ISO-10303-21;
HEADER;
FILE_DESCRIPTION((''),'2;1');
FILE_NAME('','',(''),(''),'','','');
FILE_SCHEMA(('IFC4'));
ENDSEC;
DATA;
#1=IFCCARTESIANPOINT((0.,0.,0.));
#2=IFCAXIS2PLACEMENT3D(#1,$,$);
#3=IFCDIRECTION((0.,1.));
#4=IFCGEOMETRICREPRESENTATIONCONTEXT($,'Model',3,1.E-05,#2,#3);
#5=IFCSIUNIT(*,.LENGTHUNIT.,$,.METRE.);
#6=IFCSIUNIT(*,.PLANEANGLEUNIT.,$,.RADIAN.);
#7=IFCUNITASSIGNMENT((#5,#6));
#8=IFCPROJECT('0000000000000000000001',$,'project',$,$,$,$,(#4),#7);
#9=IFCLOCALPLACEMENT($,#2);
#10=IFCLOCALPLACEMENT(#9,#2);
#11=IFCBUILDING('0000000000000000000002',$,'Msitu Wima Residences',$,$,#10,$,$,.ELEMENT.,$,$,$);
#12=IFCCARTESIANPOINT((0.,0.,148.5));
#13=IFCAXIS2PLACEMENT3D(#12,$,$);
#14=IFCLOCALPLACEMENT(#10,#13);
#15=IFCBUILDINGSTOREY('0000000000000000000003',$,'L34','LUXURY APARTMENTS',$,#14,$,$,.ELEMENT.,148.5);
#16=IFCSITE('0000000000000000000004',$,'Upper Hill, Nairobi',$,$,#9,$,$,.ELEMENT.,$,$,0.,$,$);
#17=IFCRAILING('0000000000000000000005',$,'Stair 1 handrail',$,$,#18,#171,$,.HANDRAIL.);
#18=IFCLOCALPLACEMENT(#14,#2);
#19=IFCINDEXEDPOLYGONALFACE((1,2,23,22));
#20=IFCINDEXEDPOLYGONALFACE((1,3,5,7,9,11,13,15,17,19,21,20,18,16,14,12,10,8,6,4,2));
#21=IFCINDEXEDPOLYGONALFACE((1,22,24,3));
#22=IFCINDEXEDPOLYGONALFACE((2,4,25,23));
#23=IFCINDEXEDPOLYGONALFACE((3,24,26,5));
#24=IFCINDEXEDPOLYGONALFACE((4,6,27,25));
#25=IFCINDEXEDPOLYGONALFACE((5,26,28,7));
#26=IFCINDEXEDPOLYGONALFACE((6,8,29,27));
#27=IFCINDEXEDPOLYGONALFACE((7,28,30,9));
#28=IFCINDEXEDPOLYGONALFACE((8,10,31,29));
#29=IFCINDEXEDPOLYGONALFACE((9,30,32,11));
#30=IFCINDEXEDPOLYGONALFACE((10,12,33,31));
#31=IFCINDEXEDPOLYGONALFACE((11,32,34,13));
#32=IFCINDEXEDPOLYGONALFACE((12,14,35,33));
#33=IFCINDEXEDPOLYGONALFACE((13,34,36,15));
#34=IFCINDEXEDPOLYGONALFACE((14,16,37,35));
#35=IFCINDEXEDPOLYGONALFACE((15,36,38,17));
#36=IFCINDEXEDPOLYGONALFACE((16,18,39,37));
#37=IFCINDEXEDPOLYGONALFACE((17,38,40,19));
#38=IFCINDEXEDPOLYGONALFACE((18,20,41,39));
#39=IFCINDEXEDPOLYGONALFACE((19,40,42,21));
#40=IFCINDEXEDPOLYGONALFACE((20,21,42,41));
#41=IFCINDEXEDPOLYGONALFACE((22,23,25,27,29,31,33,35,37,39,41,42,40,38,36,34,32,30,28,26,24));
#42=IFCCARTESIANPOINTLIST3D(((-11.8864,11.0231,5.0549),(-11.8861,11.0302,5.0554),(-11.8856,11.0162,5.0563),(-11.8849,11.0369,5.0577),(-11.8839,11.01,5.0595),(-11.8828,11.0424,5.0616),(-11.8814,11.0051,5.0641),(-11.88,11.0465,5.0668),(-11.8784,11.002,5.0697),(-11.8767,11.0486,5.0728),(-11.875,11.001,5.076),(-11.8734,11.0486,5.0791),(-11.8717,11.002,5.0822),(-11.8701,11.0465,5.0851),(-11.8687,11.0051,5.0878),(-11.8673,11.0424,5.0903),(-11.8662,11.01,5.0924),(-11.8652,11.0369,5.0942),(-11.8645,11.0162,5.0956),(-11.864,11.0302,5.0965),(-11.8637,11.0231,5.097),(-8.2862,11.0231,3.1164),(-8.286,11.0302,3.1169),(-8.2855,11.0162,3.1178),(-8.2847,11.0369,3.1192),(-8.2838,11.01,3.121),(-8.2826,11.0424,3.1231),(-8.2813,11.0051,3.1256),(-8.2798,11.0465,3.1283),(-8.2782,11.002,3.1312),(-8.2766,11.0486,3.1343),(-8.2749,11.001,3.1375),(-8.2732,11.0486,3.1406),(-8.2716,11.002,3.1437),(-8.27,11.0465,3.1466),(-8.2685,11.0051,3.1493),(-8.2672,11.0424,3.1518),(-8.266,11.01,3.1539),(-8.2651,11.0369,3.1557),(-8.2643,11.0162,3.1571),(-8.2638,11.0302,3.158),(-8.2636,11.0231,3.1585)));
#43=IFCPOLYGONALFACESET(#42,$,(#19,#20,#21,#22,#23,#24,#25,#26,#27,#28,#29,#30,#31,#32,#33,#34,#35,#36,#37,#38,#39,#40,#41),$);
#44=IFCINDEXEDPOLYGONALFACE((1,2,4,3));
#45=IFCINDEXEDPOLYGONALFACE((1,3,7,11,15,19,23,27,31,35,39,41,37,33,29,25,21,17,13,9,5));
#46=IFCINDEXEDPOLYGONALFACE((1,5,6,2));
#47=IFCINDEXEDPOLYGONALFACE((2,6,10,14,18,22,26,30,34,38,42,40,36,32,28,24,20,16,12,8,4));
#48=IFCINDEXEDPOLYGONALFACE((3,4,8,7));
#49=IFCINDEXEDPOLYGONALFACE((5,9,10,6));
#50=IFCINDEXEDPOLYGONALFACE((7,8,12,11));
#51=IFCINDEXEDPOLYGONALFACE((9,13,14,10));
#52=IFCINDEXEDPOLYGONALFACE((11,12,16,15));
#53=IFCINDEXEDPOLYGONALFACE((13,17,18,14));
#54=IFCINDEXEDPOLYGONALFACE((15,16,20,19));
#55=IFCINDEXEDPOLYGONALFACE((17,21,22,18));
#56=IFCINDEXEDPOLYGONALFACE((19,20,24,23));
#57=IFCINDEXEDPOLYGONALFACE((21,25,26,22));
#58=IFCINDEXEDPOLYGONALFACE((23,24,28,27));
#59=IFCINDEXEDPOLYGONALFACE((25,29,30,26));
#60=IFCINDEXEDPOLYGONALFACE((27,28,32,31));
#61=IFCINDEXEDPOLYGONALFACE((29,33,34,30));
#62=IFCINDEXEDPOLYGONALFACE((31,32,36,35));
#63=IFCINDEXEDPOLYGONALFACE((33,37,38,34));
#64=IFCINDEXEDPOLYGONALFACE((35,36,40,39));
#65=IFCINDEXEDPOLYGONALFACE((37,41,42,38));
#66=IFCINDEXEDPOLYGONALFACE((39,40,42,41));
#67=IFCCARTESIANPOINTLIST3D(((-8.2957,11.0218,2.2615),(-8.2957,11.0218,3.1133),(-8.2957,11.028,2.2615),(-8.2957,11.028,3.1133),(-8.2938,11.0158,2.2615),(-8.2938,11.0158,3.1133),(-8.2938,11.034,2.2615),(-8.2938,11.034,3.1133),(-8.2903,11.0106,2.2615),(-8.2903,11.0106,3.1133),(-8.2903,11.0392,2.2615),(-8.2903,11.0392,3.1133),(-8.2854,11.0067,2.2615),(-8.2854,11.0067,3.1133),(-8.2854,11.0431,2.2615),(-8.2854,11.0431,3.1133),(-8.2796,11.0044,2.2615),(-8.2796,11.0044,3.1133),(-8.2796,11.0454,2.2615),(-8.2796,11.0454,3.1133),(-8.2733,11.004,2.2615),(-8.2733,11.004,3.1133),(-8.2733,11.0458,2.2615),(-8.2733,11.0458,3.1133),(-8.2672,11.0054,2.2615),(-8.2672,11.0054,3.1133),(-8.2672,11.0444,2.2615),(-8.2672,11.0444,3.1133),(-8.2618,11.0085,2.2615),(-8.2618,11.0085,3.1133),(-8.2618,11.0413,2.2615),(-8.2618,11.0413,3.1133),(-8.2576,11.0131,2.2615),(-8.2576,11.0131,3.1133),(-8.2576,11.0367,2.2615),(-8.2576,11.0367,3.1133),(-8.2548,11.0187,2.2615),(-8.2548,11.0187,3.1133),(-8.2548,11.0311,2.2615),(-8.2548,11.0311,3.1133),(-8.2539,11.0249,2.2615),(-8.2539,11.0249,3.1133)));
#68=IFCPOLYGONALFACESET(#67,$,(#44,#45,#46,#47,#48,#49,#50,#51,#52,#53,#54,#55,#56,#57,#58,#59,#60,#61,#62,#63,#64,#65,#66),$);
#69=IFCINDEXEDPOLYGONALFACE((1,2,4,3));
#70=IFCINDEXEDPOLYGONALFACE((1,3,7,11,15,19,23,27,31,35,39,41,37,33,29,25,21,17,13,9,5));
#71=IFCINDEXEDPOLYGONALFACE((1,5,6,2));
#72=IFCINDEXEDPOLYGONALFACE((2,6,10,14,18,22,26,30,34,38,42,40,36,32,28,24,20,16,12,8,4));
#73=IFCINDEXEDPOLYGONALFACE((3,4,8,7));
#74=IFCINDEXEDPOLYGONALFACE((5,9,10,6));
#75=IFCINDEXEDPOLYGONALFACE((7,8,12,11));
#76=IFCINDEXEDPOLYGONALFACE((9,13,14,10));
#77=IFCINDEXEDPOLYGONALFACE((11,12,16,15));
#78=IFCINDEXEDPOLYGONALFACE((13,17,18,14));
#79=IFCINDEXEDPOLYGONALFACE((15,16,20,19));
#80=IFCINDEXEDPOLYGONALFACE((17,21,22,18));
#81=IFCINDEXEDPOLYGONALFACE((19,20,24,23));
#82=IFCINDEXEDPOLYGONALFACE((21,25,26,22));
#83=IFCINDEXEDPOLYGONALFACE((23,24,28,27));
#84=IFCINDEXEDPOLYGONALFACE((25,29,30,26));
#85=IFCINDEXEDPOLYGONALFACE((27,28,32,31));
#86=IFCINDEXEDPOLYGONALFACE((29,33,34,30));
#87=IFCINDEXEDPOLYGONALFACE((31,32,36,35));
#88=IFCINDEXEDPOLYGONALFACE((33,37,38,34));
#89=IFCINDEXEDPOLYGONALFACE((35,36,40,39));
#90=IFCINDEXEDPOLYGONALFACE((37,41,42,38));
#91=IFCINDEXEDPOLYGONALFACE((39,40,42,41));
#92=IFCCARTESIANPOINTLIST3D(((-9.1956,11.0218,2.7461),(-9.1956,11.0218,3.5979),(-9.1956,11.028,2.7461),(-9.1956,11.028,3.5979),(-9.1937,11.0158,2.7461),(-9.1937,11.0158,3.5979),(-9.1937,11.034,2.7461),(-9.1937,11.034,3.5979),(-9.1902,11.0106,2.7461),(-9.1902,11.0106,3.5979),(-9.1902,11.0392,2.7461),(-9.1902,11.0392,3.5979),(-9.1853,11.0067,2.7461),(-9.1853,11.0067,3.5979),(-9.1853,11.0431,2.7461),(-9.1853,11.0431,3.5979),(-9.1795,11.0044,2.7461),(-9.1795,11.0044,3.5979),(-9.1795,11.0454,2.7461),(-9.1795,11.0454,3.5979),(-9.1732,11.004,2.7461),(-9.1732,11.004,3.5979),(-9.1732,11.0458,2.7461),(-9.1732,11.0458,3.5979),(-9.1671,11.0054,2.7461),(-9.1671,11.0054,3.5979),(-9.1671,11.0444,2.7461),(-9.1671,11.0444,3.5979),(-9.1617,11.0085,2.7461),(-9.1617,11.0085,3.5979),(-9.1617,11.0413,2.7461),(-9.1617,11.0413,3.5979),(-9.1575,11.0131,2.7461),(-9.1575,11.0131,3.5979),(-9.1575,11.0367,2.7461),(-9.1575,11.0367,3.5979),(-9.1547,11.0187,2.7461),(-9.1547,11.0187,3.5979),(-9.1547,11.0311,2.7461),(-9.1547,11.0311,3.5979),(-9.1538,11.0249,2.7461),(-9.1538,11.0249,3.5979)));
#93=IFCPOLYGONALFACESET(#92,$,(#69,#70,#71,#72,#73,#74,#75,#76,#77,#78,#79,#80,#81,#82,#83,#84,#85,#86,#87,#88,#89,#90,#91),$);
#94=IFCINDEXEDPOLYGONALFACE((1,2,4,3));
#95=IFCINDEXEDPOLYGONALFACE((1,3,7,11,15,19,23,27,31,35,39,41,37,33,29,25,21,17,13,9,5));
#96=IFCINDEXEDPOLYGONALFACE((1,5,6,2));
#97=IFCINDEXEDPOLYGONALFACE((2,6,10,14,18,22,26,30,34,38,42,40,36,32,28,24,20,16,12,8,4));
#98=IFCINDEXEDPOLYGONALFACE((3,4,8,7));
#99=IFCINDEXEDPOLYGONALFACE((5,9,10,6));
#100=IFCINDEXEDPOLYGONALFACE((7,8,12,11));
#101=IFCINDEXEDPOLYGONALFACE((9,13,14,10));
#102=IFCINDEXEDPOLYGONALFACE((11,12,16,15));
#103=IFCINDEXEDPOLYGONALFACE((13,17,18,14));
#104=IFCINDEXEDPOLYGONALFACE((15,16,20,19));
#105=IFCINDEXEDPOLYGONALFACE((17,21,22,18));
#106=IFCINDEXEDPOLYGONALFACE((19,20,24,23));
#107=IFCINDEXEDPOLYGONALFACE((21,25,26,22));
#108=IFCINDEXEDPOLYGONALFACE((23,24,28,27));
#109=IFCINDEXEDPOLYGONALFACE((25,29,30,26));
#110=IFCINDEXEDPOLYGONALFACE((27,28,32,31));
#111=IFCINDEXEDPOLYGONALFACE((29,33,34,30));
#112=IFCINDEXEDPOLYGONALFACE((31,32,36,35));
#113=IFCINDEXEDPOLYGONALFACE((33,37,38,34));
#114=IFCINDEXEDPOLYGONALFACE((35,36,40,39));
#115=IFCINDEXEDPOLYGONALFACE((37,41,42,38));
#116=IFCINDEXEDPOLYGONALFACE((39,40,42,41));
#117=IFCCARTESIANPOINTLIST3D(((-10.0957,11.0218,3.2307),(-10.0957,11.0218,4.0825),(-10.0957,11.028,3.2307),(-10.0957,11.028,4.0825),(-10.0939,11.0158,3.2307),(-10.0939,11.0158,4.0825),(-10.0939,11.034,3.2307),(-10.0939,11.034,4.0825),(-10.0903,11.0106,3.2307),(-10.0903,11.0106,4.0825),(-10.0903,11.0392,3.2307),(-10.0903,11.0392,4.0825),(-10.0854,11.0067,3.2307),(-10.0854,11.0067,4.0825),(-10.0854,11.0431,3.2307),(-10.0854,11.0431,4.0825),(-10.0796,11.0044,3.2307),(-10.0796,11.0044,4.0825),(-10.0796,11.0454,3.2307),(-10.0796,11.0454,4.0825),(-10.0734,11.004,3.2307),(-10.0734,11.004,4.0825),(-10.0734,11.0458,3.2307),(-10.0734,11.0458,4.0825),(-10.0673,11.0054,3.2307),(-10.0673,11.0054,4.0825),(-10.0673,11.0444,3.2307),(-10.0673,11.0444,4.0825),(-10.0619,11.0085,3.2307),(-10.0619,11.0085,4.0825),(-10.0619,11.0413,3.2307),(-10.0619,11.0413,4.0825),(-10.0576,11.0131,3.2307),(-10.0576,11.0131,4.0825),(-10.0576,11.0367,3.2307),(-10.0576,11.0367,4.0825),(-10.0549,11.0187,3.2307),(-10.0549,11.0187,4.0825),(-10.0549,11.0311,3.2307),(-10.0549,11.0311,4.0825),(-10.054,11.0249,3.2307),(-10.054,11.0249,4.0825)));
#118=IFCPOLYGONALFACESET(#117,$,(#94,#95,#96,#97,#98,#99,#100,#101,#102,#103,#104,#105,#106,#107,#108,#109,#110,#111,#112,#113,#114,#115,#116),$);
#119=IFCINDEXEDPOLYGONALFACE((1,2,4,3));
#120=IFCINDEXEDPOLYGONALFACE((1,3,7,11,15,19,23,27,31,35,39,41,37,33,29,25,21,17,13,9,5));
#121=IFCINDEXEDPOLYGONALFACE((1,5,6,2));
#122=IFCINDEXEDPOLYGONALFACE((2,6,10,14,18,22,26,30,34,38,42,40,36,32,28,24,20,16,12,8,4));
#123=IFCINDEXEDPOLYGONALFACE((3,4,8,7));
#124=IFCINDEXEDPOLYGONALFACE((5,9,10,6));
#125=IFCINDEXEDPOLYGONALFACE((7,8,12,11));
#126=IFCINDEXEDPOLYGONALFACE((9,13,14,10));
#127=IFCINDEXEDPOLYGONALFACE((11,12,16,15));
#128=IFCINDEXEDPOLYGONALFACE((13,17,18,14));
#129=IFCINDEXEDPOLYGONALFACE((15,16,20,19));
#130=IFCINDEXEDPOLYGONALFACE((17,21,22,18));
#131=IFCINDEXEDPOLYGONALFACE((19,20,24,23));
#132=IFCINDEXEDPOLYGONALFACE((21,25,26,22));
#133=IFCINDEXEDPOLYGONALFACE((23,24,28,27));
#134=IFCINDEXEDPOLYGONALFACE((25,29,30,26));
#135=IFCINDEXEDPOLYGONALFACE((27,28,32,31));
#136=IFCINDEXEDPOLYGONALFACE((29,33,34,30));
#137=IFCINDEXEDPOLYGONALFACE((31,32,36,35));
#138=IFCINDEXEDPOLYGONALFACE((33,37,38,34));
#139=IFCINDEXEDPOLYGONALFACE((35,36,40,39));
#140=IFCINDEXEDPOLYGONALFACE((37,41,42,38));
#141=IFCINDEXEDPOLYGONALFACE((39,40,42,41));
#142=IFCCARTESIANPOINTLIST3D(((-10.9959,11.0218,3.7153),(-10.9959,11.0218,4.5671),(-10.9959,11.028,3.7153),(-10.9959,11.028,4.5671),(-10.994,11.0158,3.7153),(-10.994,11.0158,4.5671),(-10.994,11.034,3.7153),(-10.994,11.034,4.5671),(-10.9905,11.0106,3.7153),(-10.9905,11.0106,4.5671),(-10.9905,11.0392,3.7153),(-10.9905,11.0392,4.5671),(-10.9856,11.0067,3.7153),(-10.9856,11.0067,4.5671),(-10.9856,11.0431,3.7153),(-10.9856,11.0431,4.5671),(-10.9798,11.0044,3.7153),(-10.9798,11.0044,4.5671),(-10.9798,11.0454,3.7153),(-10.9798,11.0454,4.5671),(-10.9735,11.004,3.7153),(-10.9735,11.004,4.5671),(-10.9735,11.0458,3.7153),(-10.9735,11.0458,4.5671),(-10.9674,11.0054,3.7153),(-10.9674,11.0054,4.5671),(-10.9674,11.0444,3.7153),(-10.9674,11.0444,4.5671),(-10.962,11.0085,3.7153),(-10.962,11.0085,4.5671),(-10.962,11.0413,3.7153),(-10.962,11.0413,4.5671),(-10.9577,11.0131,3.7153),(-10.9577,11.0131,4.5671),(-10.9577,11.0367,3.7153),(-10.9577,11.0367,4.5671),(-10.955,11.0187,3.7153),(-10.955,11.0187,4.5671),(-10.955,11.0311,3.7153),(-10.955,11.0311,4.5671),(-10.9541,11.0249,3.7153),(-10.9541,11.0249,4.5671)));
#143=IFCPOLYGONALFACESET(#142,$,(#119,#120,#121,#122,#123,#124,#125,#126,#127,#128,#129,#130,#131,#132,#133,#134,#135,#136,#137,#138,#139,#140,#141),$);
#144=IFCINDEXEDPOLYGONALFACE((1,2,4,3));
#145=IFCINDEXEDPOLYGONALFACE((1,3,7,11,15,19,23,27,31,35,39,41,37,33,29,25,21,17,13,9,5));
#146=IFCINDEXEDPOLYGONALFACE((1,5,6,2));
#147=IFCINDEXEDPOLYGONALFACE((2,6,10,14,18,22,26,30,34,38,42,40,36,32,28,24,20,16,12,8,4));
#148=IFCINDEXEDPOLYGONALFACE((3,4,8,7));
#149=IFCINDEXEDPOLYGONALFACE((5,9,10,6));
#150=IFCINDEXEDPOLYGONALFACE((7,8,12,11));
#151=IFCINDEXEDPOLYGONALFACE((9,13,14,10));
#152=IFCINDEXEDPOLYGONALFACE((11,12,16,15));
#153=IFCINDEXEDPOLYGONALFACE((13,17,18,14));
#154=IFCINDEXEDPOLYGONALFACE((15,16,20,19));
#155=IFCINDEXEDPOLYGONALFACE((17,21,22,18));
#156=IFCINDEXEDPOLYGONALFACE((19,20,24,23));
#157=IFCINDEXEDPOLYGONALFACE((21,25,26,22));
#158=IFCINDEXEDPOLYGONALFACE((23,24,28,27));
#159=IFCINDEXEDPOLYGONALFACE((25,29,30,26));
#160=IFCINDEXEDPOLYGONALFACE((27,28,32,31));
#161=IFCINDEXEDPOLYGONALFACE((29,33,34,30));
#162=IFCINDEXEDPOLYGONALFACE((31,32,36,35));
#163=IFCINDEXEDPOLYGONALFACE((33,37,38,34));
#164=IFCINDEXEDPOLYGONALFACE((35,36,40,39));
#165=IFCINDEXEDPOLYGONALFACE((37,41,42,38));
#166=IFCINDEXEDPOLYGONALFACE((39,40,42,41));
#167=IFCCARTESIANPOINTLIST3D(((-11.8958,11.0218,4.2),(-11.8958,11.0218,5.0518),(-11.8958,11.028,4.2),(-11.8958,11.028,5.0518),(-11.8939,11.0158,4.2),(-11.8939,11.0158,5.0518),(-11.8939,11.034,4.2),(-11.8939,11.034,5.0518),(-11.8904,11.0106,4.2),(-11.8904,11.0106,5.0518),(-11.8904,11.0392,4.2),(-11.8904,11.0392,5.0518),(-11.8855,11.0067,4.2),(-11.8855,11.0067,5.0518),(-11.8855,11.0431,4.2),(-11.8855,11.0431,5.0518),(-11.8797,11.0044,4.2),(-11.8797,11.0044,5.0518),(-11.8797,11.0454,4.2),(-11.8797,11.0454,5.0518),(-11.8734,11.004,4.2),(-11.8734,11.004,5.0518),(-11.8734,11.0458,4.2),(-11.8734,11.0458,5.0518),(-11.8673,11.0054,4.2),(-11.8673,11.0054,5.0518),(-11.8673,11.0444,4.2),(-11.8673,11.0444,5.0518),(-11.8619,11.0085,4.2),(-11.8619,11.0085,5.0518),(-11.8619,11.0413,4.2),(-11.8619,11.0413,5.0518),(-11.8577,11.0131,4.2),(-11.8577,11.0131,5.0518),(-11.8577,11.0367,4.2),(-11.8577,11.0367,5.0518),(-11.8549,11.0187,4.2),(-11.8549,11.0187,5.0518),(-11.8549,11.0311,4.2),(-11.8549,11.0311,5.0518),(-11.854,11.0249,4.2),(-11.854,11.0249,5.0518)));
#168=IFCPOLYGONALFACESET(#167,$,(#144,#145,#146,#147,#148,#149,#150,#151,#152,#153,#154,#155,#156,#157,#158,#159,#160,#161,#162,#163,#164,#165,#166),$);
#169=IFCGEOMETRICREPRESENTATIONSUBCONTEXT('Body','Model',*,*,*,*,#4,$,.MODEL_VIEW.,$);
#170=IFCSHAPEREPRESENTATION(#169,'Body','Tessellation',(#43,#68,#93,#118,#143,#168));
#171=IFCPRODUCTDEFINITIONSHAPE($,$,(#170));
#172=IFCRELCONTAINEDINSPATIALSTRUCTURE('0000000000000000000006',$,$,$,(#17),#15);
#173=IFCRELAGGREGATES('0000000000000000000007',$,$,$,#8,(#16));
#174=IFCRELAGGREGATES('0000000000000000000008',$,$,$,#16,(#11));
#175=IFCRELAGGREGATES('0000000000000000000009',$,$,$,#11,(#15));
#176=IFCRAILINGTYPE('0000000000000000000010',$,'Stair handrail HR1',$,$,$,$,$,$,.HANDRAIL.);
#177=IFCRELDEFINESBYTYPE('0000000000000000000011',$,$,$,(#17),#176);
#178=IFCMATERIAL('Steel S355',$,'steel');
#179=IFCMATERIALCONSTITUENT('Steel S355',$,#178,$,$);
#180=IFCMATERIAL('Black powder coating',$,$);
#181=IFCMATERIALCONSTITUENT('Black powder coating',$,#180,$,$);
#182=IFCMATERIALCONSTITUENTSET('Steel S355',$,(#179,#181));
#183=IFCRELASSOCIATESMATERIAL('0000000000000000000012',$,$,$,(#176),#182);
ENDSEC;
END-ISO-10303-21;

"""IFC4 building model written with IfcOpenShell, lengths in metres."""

from ifc_helpers import new_model, si_unit, direction, frame, origin, origin_2d, place, context, subcontext, project, spatial, circle, extrude, material, constituent, constituent_set, type_object, element, save


model = new_model("IFC4")

# Units and contexts
model_context = context("Model", 3, precision=1e-05, world=origin(), true_north=direction((0.0, 1.0)))
body_context = subcontext(model_context, "Body", "Model", "MODEL_VIEW")
ifc_project = project(units=[si_unit("LENGTHUNIT", "METRE"), si_unit("PLANEANGLEUNIT", "RADIAN")], contexts=[model_context])

# Site, building, storey
site_placement = place(None, origin())
site = spatial("IfcSite", under=ifc_project, at=site_placement, Name="Upper Hill, Nairobi", CompositionType="ELEMENT", RefElevation=0.0)
building_placement = place(site_placement, origin())
building = spatial("IfcBuilding", under=site, at=building_placement, Name="Msitu Wima Residences", CompositionType="ELEMENT")
storey_placement = place(building_placement, frame((0.0, 0.0, 148.5)))
storey = spatial("IfcBuildingStorey", under=building, at=storey_placement, Name="L34", Description="LUXURY APARTMENTS", CompositionType="ELEMENT", Elevation=148.5)

# Railing
ifc_material_1 = material(Name="Steel S355", Category="steel")
ifc_constituent_1 = constituent(ifc_material_1, Name="Steel S355")
ifc_material_2 = material(Name="Black powder coating")
ifc_constituent_2 = constituent(ifc_material_2, Name="Black powder coating")
ifc_constituent_set = constituent_set(constituents=[ifc_constituent_1, ifc_constituent_2], Name="Steel S355")
railing_type = type_object("IfcRailingType", Name="Stair handrail HR1", PredefinedType="HANDRAIL", material=ifc_constituent_set)
railing_placement = place(storey_placement, frame((-8.2749, 11.0249, 2.2615)))
element("IfcRailing", 1, at=railing_placement, inside=storey, type_object=railing_type, Name="Stair 1 handrail", PredefinedType="HANDRAIL", context=body_context, shape_type="SweptSolid", body=[
    extrude(circle(Radius=0.0239, at=origin_2d()), frame((0.0, 0.0, 0.876), z_axis=(-0.880475, 0.0, 0.474093), x_axis=(0.0, -1.0, 0.0)), (0.0, 0.0, 1.0), 4.0889),
    extrude(circle(Radius=0.021, at=origin_2d()), origin(), (0.0, 0.0, 1.0), 0.8518),
    extrude(circle(Radius=0.021, at=origin_2d()), frame((-0.8999, 0.0, 0.4846)), (0.0, 0.0, 1.0), 0.8518),
    extrude(circle(Radius=0.021, at=origin_2d()), frame((-1.8, 0.0, 0.9692)), (0.0, 0.0, 1.0), 0.8518),
    extrude(circle(Radius=0.021, at=origin_2d()), frame((-2.7002, 0.0, 1.4539)), (0.0, 0.0, 1.0), 0.8518),
    extrude(circle(Radius=0.021, at=origin_2d()), frame((-3.6001, 0.0, 1.9385)), (0.0, 0.0, 1.0), 0.8518),
])

save(model, "model.ifc")
